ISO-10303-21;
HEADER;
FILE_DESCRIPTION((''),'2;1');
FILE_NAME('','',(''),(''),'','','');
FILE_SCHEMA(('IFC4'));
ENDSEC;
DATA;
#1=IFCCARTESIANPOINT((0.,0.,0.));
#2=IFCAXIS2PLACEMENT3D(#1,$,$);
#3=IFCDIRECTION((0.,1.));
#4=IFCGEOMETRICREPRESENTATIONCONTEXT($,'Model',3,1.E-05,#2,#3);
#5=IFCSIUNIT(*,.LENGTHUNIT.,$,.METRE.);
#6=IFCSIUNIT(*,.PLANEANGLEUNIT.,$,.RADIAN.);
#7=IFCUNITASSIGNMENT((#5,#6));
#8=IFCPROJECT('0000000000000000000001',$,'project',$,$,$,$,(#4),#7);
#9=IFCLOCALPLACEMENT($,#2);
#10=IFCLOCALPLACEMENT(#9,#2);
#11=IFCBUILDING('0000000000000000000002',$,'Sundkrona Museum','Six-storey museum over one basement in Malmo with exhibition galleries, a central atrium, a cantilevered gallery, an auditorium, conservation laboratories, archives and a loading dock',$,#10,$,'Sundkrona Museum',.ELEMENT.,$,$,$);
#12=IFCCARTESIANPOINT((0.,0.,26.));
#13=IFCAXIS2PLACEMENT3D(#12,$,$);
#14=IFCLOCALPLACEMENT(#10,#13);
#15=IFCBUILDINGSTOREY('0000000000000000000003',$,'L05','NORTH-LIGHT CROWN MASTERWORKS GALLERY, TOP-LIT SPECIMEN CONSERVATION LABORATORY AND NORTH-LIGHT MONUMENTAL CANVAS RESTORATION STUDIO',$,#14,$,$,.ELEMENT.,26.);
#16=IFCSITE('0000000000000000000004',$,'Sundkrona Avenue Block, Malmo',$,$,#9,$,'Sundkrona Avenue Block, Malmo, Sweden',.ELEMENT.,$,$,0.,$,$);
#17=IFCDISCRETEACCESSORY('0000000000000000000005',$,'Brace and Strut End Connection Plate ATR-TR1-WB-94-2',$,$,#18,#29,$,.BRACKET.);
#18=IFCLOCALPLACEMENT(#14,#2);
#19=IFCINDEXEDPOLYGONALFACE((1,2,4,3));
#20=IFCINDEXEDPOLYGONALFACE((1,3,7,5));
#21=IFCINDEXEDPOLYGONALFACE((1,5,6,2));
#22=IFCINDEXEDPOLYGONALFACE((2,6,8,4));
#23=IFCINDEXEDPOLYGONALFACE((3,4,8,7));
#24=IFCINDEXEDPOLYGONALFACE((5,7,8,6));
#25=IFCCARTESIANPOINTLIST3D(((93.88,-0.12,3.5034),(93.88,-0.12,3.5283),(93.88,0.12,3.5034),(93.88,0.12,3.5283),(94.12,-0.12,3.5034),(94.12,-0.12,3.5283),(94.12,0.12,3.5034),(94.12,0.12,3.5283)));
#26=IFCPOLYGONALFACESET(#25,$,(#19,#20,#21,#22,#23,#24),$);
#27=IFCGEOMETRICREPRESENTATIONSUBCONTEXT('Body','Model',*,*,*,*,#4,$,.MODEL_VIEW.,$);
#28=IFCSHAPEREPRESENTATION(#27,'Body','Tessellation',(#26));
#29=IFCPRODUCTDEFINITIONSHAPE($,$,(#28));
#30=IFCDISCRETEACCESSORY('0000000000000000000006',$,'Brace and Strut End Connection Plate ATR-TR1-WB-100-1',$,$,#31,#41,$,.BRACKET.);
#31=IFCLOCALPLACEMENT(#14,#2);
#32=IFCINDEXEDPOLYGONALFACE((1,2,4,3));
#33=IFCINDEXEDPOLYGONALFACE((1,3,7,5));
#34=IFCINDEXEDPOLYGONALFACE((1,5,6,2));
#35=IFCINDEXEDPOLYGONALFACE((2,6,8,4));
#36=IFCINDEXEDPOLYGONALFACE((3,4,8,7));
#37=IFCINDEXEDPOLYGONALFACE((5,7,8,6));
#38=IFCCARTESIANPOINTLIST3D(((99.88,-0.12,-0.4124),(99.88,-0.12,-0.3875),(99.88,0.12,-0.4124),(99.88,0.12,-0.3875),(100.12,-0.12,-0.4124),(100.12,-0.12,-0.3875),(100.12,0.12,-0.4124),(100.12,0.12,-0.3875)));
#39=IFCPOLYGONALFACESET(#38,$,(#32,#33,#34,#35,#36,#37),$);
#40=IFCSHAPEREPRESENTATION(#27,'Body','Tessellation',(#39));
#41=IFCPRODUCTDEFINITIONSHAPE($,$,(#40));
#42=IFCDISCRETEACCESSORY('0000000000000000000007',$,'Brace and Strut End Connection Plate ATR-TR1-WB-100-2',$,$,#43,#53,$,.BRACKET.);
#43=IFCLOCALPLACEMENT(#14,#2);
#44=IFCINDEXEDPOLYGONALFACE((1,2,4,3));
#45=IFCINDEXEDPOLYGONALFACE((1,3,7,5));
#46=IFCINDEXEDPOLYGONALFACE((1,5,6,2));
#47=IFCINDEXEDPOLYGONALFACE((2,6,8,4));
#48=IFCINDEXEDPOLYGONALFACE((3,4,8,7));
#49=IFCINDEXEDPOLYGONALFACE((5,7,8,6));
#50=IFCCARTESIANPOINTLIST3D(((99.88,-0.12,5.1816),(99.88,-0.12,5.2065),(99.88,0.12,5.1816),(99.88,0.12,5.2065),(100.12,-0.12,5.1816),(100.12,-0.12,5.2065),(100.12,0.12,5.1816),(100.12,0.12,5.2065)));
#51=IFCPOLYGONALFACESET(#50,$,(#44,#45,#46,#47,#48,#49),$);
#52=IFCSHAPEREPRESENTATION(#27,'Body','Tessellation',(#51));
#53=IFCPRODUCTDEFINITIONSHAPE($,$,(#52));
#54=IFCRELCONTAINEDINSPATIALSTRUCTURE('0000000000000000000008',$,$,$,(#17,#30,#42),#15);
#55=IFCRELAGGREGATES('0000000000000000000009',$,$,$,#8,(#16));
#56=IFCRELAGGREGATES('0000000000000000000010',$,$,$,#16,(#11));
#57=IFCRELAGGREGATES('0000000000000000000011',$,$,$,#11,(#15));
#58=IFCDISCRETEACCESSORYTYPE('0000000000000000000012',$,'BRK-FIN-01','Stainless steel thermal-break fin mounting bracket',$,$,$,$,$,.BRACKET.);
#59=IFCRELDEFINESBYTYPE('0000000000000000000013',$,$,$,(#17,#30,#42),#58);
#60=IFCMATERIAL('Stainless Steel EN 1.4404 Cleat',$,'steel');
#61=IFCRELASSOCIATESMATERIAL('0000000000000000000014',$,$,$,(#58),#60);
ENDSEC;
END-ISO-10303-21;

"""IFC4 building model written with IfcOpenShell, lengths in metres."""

from ifc_helpers import new_model, si_unit, direction, frame, origin, origin_2d, place, context, subcontext, project, spatial, rectangle, extrude, material, type_object, element, save


model = new_model("IFC4")

# Units and contexts
model_context = context("Model", 3, precision=1e-05, world=origin(), true_north=direction((0.0, 1.0)))
body_context = subcontext(model_context, "Body", "Model", "MODEL_VIEW")
ifc_project = project(units=[si_unit("LENGTHUNIT", "METRE"), si_unit("PLANEANGLEUNIT", "RADIAN")], contexts=[model_context])

# Site, building, storey
site_placement = place(None, origin())
site = spatial("IfcSite", under=ifc_project, at=site_placement, Name="Sundkrona Avenue Block, Malmo", LongName="Sundkrona Avenue Block, Malmo, Sweden", CompositionType="ELEMENT", RefElevation=0.0)
building_placement = place(site_placement, origin())
building = spatial("IfcBuilding", under=site, at=building_placement, Name="Sundkrona Museum", Description="Six-storey museum over one basement in Malmo with exhibition galleries, a central atrium, a cantilevered gallery, an auditorium, conservation laboratories, archives and a loading dock", LongName="Sundkrona Museum", CompositionType="ELEMENT")
storey_placement = place(building_placement, frame((0.0, 0.0, 26.0)))
storey = spatial("IfcBuildingStorey", under=building, at=storey_placement, Name="L05", Description="NORTH-LIGHT CROWN MASTERWORKS GALLERY, TOP-LIT SPECIMEN CONSERVATION LABORATORY AND NORTH-LIGHT MONUMENTAL CANVAS RESTORATION STUDIO", CompositionType="ELEMENT", Elevation=26.0)

# Discrete accessories
ifc_material_1 = material(Name="Stainless Steel EN 1.4404 Cleat", Category="steel")
discrete_accessory_type = type_object("IfcDiscreteAccessoryType", Name="BRK-FIN-01", Description="Stainless steel thermal-break fin mounting bracket", PredefinedType="BRACKET", material=ifc_material_1)
for number, where, z_axis, x_axis, name in (
    (1, (94.0, 0.0, 3.5034), (0.0, 0.0, 1.0), (1.0, 0.0, 0.0), "Brace and Strut End Connection Plate ATR-TR1-WB-94-2"),
    (2, (100.0, 0.0, -0.4124), (0.0, 0.0, 1.0), (1.0, 0.0, 0.0), "Brace and Strut End Connection Plate ATR-TR1-WB-100-1"),
    (3, (100.0, 0.0, 5.1816), (0.0, 0.0, 1.0), (1.0, 0.0, 0.0), "Brace and Strut End Connection Plate ATR-TR1-WB-100-2"),
):
    element("IfcDiscreteAccessory", number, at=place(storey_placement, frame(where, z_axis=z_axis, x_axis=x_axis)), inside=storey, type_object=discrete_accessory_type, Name=name, PredefinedType="BRACKET", context=body_context, shape_type="SweptSolid", body=[
        extrude(rectangle(XDim=0.24, YDim=0.24, at=origin_2d()), origin(), (0.0, 0.0, 1.0), 0.0249),
    ])

save(model, "model.ifc")
